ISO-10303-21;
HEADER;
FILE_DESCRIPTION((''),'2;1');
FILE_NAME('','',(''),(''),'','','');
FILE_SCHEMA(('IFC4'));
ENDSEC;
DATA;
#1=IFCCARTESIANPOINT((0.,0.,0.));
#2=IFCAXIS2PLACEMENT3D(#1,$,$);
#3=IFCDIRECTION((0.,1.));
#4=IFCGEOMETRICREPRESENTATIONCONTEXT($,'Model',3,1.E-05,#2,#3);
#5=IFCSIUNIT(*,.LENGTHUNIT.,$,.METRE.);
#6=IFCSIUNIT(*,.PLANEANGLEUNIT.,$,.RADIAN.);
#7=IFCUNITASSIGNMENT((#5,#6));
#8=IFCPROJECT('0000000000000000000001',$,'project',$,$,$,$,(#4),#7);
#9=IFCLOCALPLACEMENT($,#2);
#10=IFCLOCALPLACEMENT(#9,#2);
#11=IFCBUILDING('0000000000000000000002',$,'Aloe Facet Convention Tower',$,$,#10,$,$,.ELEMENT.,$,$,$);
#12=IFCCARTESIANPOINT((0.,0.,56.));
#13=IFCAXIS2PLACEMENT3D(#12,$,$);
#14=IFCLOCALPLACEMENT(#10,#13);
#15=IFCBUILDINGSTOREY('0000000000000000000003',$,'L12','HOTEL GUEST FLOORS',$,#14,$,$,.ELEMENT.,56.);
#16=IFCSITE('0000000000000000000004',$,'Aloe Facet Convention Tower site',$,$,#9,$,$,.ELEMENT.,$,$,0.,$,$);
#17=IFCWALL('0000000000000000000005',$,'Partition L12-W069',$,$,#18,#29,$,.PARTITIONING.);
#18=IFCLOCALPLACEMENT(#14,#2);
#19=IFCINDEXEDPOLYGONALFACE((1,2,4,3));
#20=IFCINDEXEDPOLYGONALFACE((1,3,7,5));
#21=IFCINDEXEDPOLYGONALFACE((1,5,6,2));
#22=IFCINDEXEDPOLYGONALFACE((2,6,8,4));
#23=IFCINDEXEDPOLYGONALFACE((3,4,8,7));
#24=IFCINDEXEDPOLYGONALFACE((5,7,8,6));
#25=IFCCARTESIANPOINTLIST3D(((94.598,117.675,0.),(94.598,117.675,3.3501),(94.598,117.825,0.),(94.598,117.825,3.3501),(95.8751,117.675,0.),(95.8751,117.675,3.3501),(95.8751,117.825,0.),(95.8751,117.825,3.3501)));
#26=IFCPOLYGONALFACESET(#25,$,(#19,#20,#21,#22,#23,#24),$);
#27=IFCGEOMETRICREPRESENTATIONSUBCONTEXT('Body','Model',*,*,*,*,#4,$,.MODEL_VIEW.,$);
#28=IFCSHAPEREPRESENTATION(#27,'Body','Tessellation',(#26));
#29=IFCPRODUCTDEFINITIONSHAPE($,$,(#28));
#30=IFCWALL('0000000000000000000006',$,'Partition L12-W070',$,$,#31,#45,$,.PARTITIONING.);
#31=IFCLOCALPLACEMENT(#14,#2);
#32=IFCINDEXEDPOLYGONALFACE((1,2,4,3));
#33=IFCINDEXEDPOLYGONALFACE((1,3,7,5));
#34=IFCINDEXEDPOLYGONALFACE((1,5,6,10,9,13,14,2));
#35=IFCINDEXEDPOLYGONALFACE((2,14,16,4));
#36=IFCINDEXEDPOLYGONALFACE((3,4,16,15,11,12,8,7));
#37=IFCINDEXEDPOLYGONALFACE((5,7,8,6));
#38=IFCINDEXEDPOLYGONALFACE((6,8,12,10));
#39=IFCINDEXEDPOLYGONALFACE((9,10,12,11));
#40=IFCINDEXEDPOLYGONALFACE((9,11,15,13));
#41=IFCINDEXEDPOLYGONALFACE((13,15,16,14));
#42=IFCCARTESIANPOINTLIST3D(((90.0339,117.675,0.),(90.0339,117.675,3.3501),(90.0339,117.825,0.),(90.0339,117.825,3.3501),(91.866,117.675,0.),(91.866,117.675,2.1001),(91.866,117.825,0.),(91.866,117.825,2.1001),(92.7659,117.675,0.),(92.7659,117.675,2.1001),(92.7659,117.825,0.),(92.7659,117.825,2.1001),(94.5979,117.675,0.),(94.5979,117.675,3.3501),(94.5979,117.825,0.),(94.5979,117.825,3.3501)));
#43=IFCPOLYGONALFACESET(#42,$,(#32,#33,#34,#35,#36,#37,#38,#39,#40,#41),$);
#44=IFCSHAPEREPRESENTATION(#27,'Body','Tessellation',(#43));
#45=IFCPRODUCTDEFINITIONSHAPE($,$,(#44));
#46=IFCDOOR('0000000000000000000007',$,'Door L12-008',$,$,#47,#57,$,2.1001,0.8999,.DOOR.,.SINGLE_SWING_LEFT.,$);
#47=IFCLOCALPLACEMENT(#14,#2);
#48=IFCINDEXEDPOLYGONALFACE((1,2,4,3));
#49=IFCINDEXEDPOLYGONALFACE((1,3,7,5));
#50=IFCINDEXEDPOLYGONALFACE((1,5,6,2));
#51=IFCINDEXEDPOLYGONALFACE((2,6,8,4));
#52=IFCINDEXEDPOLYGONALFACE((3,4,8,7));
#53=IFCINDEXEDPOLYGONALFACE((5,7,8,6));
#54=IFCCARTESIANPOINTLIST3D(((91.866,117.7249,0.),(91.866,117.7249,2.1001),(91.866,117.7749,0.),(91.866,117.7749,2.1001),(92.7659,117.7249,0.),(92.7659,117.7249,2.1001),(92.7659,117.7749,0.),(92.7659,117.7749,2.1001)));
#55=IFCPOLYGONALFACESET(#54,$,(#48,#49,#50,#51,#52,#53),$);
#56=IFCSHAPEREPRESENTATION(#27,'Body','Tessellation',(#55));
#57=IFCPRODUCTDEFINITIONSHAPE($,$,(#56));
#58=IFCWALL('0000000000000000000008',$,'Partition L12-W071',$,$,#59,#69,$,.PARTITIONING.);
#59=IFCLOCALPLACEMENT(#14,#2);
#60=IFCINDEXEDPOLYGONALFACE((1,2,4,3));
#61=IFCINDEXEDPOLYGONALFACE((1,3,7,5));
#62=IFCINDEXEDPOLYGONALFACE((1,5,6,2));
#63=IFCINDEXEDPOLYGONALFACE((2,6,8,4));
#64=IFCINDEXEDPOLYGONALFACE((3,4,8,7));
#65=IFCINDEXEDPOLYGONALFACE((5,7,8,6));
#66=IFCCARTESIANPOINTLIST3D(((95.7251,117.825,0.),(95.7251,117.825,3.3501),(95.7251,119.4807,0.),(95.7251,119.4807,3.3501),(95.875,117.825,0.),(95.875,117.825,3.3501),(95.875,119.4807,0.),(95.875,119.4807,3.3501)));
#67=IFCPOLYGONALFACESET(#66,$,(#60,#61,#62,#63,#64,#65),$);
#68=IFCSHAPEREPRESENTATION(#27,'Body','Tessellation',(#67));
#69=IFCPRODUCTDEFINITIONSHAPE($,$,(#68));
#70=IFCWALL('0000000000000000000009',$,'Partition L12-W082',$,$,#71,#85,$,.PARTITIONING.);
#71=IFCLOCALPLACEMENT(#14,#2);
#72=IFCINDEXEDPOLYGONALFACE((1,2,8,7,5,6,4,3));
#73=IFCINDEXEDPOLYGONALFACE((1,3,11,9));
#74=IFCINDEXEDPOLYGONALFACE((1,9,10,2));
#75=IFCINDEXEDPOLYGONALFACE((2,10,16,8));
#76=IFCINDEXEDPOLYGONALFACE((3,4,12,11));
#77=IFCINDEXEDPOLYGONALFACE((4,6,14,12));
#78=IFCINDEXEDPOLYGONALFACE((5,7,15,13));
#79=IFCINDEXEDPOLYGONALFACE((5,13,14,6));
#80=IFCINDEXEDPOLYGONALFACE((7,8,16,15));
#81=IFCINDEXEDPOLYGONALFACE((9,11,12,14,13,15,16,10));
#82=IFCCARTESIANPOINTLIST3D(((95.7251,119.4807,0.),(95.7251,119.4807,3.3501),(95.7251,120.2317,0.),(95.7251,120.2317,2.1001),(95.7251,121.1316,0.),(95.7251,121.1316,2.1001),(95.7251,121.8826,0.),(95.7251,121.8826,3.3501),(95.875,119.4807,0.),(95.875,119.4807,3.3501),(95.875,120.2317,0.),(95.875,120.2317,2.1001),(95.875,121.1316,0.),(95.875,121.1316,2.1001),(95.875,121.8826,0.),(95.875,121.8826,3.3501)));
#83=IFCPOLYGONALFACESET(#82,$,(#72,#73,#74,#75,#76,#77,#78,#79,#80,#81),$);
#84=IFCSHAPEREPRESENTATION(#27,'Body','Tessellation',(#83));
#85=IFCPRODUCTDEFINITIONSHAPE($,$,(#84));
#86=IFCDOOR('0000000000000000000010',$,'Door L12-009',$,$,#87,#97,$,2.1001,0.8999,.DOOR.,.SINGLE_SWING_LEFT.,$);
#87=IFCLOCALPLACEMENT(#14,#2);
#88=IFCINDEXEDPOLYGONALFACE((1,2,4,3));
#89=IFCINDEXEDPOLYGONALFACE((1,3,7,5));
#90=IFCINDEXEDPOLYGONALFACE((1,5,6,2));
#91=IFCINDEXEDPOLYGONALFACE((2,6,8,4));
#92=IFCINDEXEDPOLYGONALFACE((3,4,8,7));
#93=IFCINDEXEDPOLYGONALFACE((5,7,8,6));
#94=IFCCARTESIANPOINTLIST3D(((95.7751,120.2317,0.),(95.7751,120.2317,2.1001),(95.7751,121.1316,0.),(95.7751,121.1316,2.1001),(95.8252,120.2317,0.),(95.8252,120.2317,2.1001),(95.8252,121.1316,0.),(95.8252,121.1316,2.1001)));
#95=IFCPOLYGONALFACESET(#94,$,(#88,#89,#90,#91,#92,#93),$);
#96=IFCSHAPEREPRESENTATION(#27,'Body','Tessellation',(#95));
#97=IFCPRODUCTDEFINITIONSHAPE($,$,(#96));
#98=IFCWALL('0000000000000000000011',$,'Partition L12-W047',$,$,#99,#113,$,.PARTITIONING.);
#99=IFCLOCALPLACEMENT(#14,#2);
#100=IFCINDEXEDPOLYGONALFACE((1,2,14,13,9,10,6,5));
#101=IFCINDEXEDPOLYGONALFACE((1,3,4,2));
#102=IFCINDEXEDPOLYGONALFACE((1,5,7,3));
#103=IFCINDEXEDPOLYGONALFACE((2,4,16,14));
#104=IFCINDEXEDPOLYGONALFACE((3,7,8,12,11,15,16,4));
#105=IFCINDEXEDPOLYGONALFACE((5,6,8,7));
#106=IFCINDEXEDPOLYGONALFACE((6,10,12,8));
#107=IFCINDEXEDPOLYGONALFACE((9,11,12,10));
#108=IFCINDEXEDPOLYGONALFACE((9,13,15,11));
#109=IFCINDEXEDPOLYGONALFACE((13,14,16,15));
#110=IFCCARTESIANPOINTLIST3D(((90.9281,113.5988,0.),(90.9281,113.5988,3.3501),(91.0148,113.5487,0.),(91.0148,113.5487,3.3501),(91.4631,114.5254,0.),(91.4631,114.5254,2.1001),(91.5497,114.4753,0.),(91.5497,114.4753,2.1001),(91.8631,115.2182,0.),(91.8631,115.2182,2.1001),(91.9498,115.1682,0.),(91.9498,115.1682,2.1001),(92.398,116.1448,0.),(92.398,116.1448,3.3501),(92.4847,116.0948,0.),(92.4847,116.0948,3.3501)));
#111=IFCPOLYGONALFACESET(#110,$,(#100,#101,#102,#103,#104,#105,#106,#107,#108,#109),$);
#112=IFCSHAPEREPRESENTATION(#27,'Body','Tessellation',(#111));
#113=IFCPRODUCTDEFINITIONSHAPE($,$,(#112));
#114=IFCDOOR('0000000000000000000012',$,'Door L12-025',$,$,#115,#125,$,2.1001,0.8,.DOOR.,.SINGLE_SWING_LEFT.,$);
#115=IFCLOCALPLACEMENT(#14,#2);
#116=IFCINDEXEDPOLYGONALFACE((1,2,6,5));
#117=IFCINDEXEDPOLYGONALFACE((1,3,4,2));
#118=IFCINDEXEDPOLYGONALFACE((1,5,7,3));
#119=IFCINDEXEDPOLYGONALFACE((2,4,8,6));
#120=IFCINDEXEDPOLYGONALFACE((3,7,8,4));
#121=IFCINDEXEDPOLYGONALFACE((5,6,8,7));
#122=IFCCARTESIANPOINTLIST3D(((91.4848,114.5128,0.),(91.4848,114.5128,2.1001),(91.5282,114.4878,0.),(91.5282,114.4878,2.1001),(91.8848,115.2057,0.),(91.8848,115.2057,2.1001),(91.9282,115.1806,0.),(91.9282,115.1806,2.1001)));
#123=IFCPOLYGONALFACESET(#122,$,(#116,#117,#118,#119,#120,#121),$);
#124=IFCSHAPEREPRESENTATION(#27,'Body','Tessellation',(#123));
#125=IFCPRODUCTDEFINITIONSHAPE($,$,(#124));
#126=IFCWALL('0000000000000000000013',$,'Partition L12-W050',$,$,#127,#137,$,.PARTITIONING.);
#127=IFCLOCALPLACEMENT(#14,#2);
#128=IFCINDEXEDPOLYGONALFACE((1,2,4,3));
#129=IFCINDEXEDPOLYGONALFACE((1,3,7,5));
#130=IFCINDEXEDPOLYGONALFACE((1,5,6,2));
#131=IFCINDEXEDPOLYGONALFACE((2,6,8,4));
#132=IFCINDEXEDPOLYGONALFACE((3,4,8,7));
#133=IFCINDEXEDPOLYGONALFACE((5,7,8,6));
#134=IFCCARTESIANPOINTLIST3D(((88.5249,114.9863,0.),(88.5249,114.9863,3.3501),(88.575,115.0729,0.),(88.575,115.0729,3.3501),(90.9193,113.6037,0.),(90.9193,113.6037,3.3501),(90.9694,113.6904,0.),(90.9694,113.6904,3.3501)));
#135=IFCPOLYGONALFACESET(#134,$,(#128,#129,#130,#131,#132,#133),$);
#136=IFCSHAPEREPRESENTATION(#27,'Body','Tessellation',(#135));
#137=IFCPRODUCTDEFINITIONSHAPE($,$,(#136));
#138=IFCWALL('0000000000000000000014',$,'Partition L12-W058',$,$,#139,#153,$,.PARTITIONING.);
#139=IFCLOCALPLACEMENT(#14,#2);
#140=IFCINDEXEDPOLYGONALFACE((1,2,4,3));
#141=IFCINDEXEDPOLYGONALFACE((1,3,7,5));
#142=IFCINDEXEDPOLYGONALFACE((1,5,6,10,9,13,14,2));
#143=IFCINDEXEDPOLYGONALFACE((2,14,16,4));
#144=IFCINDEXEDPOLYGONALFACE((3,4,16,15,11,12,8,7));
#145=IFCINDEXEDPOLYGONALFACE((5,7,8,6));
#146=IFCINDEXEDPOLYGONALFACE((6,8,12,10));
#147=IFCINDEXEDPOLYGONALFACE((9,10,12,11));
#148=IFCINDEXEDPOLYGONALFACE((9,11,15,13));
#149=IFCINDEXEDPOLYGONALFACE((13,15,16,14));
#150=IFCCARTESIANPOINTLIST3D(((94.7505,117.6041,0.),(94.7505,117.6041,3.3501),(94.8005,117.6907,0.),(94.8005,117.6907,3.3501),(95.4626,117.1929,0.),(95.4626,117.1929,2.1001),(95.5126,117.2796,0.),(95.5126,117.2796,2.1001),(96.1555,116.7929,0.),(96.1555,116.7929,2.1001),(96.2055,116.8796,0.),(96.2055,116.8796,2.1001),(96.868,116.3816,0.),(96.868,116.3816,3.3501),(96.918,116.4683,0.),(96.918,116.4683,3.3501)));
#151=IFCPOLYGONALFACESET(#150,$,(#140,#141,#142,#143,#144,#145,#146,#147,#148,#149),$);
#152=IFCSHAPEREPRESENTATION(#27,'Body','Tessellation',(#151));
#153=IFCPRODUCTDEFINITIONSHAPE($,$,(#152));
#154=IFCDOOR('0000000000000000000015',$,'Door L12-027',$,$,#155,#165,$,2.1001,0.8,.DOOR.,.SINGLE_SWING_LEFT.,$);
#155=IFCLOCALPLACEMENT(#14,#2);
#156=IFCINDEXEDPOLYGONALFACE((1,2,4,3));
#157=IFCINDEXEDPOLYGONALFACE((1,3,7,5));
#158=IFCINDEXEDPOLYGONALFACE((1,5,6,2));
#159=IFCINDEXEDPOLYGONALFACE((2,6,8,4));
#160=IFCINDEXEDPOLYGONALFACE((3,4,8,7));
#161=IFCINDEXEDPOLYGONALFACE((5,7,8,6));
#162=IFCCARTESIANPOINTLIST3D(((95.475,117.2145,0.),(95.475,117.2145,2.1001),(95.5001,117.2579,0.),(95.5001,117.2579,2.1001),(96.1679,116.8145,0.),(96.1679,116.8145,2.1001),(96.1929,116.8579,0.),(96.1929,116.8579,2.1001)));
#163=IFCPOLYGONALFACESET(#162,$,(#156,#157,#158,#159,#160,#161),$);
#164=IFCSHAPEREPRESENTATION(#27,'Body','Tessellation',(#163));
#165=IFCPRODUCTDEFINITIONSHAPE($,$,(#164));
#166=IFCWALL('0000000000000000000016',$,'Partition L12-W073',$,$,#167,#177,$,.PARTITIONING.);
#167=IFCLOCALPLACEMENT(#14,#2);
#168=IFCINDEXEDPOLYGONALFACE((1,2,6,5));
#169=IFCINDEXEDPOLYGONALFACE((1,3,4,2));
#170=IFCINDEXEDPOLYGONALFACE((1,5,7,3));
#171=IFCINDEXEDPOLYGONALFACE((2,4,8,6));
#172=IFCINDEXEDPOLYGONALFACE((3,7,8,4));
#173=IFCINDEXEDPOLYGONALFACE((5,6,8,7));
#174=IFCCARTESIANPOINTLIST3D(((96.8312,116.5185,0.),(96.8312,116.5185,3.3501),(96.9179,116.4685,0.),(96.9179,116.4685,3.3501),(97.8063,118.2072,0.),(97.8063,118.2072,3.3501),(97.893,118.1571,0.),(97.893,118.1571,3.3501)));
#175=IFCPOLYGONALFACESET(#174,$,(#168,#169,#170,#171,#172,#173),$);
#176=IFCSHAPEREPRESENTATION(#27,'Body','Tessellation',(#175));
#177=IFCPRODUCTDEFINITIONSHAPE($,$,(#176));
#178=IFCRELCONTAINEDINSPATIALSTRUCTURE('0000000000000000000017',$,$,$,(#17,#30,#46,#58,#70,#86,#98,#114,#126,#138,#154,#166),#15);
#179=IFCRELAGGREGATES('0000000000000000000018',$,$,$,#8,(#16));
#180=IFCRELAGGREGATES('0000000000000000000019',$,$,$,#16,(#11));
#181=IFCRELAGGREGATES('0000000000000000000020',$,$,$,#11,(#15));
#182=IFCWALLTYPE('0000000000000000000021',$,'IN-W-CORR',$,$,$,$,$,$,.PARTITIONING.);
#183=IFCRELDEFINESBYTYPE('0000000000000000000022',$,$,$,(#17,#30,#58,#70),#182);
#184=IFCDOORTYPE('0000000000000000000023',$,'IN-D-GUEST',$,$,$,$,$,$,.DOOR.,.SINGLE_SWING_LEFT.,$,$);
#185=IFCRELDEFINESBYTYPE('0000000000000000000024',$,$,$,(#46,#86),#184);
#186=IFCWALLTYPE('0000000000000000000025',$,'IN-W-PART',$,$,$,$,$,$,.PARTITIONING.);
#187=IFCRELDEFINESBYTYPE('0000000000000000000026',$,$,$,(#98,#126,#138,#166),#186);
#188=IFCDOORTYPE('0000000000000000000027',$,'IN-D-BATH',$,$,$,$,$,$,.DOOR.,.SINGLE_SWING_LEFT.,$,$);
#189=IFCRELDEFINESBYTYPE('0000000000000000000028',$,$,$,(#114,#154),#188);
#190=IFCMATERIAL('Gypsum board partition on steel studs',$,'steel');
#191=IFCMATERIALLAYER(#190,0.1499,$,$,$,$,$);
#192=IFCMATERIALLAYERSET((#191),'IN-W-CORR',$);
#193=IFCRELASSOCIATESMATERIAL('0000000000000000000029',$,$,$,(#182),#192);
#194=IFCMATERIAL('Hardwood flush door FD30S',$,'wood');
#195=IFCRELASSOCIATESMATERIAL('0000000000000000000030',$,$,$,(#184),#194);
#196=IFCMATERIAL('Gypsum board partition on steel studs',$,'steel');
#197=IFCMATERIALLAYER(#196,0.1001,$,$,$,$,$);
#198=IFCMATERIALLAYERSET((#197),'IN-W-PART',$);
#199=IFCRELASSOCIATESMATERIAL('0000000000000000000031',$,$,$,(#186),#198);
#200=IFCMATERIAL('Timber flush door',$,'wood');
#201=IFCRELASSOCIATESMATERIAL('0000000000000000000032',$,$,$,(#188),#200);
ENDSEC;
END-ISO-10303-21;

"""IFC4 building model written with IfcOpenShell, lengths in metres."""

from ifc_helpers import new_model, si_unit, direction, frame, frame_2d, origin, place, context, subcontext, project, spatial, rectangle, extrude, material, layer, layer_set, type_object, element, fill, save


model = new_model("IFC4")

# Units and contexts
model_context = context("Model", 3, precision=1e-05, world=origin(), true_north=direction((0.0, 1.0)))
body_context = subcontext(model_context, "Body", "Model", "MODEL_VIEW")
ifc_project = project(units=[si_unit("LENGTHUNIT", "METRE"), si_unit("PLANEANGLEUNIT", "RADIAN")], contexts=[model_context])

# Site, building, storey
site_placement = place(None, origin())
site = spatial("IfcSite", under=ifc_project, at=site_placement, Name="Aloe Facet Convention Tower site", CompositionType="ELEMENT", RefElevation=0.0)
building_placement = place(site_placement, origin())
building = spatial("IfcBuilding", under=site, at=building_placement, Name="Aloe Facet Convention Tower", CompositionType="ELEMENT")
storey_placement = place(building_placement, frame((0.0, 0.0, 56.0)))
storey = spatial("IfcBuildingStorey", under=building, at=storey_placement, Name="L12", Description="HOTEL GUEST FLOORS", CompositionType="ELEMENT", Elevation=56.0)

# Wall
ifc_material_1 = material(Name="Gypsum board partition on steel studs", Category="steel")
ifc_layer_1 = layer(ifc_material_1, 0.1499)
ifc_layer_set_1 = layer_set([ifc_layer_1], Name="IN-W-CORR")
wall_type_1 = type_object("IfcWallType", Name="IN-W-CORR", PredefinedType="PARTITIONING", material=ifc_layer_set_1)
wall_1_placement = place(storey_placement, frame((94.5979, 117.75, 0.0), z_axis=(0.0, 0.0, 1.0), x_axis=(1.0, 0.0, 0.0)))
element("IfcWall", 1, at=wall_1_placement, inside=storey, type_object=wall_type_1, Name="Partition L12-W069", PredefinedType="PARTITIONING", context=body_context, shape_type="SweptSolid", body=[
    extrude(rectangle(XDim=1.2771, YDim=0.1499, at=frame_2d((0.6387, 0.0))), origin(), (0.0, 0.0, 1.0), 3.3501),
])

# Wall, opening, door
wall_2_placement = place(storey_placement, frame((90.0339, 117.75, 0.0), z_axis=(0.0, 0.0, 1.0), x_axis=(1.0, 0.0, 0.0)))
wall_2 = element("IfcWall", 2, at=wall_2_placement, inside=storey, type_object=wall_type_1, Name="Partition L12-W070", PredefinedType="PARTITIONING", context=body_context, shape_type="SweptSolid", body=[
    extrude(rectangle(XDim=4.564, YDim=0.1499, at=frame_2d((2.282, 0.0))), origin(), (0.0, 0.0, 1.0), 3.3501),
])
opening_1_placement = place(wall_2_placement, frame((1.832, 0.0, 0.0)))
opening_1 = element("IfcOpeningElement", 3, at=opening_1_placement, cuts=wall_2, PredefinedType="OPENING", context=body_context, shape_type="SweptSolid", body=[
    extrude(rectangle(XDim=0.8999, YDim=2.1001, at=frame_2d((0.45, 1.05))), frame((0.0, 0.085, 0.0), z_axis=(0.0, -1.0, 0.0), x_axis=(1.0, 0.0, 0.0)), (0.0, 0.0, 1.0), 0.1699),
])
ifc_material_2 = material(Name="Hardwood flush door FD30S", Category="wood")
door_type_1 = type_object("IfcDoorType", Name="IN-D-GUEST", OperationType="SINGLE_SWING_LEFT", PredefinedType="DOOR", material=ifc_material_2)
door_1_placement = place(opening_1_placement, origin())
door_1 = element("IfcDoor", 4, at=door_1_placement, inside=storey, type_object=door_type_1, Name="Door L12-008", OperationType="SINGLE_SWING_LEFT", OverallHeight=2.1001, OverallWidth=0.8999, PredefinedType="DOOR", context=body_context, shape_type="SweptSolid", body=[
    extrude(rectangle(XDim=0.8999, YDim=2.1001, at=frame_2d((0.45, 1.05))), frame((0.0, 0.0249, 0.0), z_axis=(0.0, -1.0, 0.0), x_axis=(1.0, 0.0, 0.0)), (0.0, 0.0, 1.0), 0.05),
])
fill(opening_1, door_1)

# Wall
wall_3_placement = place(storey_placement, frame((95.8, 117.825, 0.0), z_axis=(0.0, 0.0, 1.0), x_axis=(0.0, 1.0, 0.0)))
element("IfcWall", 5, at=wall_3_placement, inside=storey, type_object=wall_type_1, Name="Partition L12-W071", PredefinedType="PARTITIONING", context=body_context, shape_type="SweptSolid", body=[
    extrude(rectangle(XDim=1.6558, YDim=0.1499, at=frame_2d((0.8279, 0.0))), origin(), (0.0, 0.0, 1.0), 3.3501),
])

# Walls, openings, doors
wall_4_placement = place(storey_placement, frame((95.8, 119.4807, 0.0), z_axis=(0.0, 0.0, 1.0), x_axis=(0.0, 1.0, 0.0)))
wall_4 = element("IfcWall", 6, at=wall_4_placement, inside=storey, type_object=wall_type_1, Name="Partition L12-W082", PredefinedType="PARTITIONING", context=body_context, shape_type="SweptSolid", body=[
    extrude(rectangle(XDim=2.4019, YDim=0.1499, at=frame_2d((1.2009, 0.0))), origin(), (0.0, 0.0, 1.0), 3.3501),
])
opening_2_placement = place(wall_4_placement, frame((0.751, 0.0, 0.0)))
opening_2 = element("IfcOpeningElement", 7, at=opening_2_placement, cuts=wall_4, PredefinedType="OPENING", context=body_context, shape_type="SweptSolid", body=[
    extrude(rectangle(XDim=0.8999, YDim=2.1001, at=frame_2d((0.45, 1.05))), frame((0.0, 0.085, 0.0), z_axis=(0.0, -1.0, 0.0), x_axis=(1.0, 0.0, 0.0)), (0.0, 0.0, 1.0), 0.1699),
])
door_2_placement = place(opening_2_placement, origin())
door_2 = element("IfcDoor", 8, at=door_2_placement, inside=storey, type_object=door_type_1, Name="Door L12-009", OperationType="SINGLE_SWING_LEFT", OverallHeight=2.1001, OverallWidth=0.8999, PredefinedType="DOOR", context=body_context, shape_type="SweptSolid", body=[
    extrude(rectangle(XDim=0.8999, YDim=2.1001, at=frame_2d((0.45, 1.05))), frame((0.0, 0.0249, 0.0), z_axis=(0.0, -1.0, 0.0), x_axis=(1.0, 0.0, 0.0)), (0.0, 0.0, 1.0), 0.05),
])
fill(opening_2, door_2)
ifc_material_3 = material(Name="Gypsum board partition on steel studs", Category="steel")
ifc_layer_2 = layer(ifc_material_3, 0.1001)
ifc_layer_set_2 = layer_set([ifc_layer_2], Name="IN-W-PART")
wall_type_2 = type_object("IfcWallType", Name="IN-W-PART", PredefinedType="PARTITIONING", material=ifc_layer_set_2)
wall_5_placement = place(storey_placement, frame((90.9714, 113.5737, 0.0), z_axis=(0.0, 0.0, 1.0), x_axis=(0.499988, 0.866032, 0.0)))
wall_5 = element("IfcWall", 9, at=wall_5_placement, inside=storey, type_object=wall_type_2, Name="Partition L12-W047", PredefinedType="PARTITIONING", context=body_context, shape_type="SweptSolid", body=[
    extrude(rectangle(XDim=2.9399, YDim=0.1001, at=frame_2d((1.47, 0.0))), origin(), (0.0, 0.0, 1.0), 3.3501),
])
opening_3_placement = place(wall_5_placement, frame((1.0701, 0.0, 0.0)))
opening_3 = element("IfcOpeningElement", 10, at=opening_3_placement, cuts=wall_5, PredefinedType="OPENING", context=body_context, shape_type="SweptSolid", body=[
    extrude(rectangle(XDim=0.8, YDim=2.1001, at=frame_2d((0.3999, 1.05))), frame((0.0, 0.0601, 0.0), z_axis=(0.0, -1.0, 0.0), x_axis=(1.0, 0.0, 0.0)), (0.0, 0.0, 1.0), 0.1201),
])
ifc_material_4 = material(Name="Timber flush door", Category="wood")
door_type_2 = type_object("IfcDoorType", Name="IN-D-BATH", OperationType="SINGLE_SWING_LEFT", PredefinedType="DOOR", material=ifc_material_4)
door_3_placement = place(opening_3_placement, origin())
door_3 = element("IfcDoor", 11, at=door_3_placement, inside=storey, type_object=door_type_2, Name="Door L12-025", OperationType="SINGLE_SWING_LEFT", OverallHeight=2.1001, OverallWidth=0.8, PredefinedType="DOOR", context=body_context, shape_type="SweptSolid", body=[
    extrude(rectangle(XDim=0.8, YDim=2.1001, at=frame_2d((0.3999, 1.05))), frame((0.0, 0.0249, 0.0), z_axis=(0.0, -1.0, 0.0), x_axis=(1.0, 0.0, 0.0)), (0.0, 0.0, 1.0), 0.05),
])
fill(opening_3, door_3)

# Wall
wall_6_placement = place(storey_placement, frame((88.55, 115.0295, 0.0), z_axis=(0.0, 0.0, 1.0), x_axis=(0.866012, -0.500023, 0.0)))
element("IfcWall", 12, at=wall_6_placement, inside=storey, type_object=wall_type_2, Name="Partition L12-W050", PredefinedType="PARTITIONING", context=body_context, shape_type="SweptSolid", body=[
    extrude(rectangle(XDim=2.7649, YDim=0.1001, at=frame_2d((1.3823, 0.0))), origin(), (0.0, 0.0, 1.0), 3.3501),
])

# Wall, opening, door
wall_7_placement = place(storey_placement, frame((94.7754, 117.6475, 0.0), z_axis=(0.0, 0.0, 1.0), x_axis=(0.866041, -0.499973, 0.0)))
wall_7 = element("IfcWall", 13, at=wall_7_placement, inside=storey, type_object=wall_type_2, Name="Partition L12-W058", PredefinedType="PARTITIONING", context=body_context, shape_type="SweptSolid", body=[
    extrude(rectangle(XDim=2.4451, YDim=0.1001, at=frame_2d((1.2227, 0.0))), origin(), (0.0, 0.0, 1.0), 3.3501),
])
opening_4_placement = place(wall_7_placement, frame((0.8225, 0.0, 0.0)))
opening_4 = element("IfcOpeningElement", 14, at=opening_4_placement, cuts=wall_7, PredefinedType="OPENING", context=body_context, shape_type="SweptSolid", body=[
    extrude(rectangle(XDim=0.8, YDim=2.1001, at=frame_2d((0.3999, 1.05))), frame((0.0, 0.0601, 0.0), z_axis=(0.0, -1.0, 0.0), x_axis=(1.0, 0.0, 0.0)), (0.0, 0.0, 1.0), 0.1201),
])
door_4_placement = place(opening_4_placement, origin())
door_4 = element("IfcDoor", 15, at=door_4_placement, inside=storey, type_object=door_type_2, Name="Door L12-027", OperationType="SINGLE_SWING_LEFT", OverallHeight=2.1001, OverallWidth=0.8, PredefinedType="DOOR", context=body_context, shape_type="SweptSolid", body=[
    extrude(rectangle(XDim=0.8, YDim=2.1001, at=frame_2d((0.3999, 1.05))), frame((0.0, 0.0249, 0.0), z_axis=(0.0, -1.0, 0.0), x_axis=(1.0, 0.0, 0.0)), (0.0, 0.0, 1.0), 0.05),
])
fill(opening_4, door_4)

# Wall
wall_8_placement = place(storey_placement, frame((96.8745, 116.4934, 0.0), z_axis=(0.0, 0.0, 1.0), x_axis=(0.500044, 0.866, 0.0)))
element("IfcWall", 16, at=wall_8_placement, inside=storey, type_object=wall_type_2, Name="Partition L12-W073", PredefinedType="PARTITIONING", context=body_context, shape_type="SweptSolid", body=[
    extrude(rectangle(XDim=1.95, YDim=0.1001, at=frame_2d((0.9751, 0.0))), origin(), (0.0, 0.0, 1.0), 3.3501),
])

save(model, "model.ifc")
